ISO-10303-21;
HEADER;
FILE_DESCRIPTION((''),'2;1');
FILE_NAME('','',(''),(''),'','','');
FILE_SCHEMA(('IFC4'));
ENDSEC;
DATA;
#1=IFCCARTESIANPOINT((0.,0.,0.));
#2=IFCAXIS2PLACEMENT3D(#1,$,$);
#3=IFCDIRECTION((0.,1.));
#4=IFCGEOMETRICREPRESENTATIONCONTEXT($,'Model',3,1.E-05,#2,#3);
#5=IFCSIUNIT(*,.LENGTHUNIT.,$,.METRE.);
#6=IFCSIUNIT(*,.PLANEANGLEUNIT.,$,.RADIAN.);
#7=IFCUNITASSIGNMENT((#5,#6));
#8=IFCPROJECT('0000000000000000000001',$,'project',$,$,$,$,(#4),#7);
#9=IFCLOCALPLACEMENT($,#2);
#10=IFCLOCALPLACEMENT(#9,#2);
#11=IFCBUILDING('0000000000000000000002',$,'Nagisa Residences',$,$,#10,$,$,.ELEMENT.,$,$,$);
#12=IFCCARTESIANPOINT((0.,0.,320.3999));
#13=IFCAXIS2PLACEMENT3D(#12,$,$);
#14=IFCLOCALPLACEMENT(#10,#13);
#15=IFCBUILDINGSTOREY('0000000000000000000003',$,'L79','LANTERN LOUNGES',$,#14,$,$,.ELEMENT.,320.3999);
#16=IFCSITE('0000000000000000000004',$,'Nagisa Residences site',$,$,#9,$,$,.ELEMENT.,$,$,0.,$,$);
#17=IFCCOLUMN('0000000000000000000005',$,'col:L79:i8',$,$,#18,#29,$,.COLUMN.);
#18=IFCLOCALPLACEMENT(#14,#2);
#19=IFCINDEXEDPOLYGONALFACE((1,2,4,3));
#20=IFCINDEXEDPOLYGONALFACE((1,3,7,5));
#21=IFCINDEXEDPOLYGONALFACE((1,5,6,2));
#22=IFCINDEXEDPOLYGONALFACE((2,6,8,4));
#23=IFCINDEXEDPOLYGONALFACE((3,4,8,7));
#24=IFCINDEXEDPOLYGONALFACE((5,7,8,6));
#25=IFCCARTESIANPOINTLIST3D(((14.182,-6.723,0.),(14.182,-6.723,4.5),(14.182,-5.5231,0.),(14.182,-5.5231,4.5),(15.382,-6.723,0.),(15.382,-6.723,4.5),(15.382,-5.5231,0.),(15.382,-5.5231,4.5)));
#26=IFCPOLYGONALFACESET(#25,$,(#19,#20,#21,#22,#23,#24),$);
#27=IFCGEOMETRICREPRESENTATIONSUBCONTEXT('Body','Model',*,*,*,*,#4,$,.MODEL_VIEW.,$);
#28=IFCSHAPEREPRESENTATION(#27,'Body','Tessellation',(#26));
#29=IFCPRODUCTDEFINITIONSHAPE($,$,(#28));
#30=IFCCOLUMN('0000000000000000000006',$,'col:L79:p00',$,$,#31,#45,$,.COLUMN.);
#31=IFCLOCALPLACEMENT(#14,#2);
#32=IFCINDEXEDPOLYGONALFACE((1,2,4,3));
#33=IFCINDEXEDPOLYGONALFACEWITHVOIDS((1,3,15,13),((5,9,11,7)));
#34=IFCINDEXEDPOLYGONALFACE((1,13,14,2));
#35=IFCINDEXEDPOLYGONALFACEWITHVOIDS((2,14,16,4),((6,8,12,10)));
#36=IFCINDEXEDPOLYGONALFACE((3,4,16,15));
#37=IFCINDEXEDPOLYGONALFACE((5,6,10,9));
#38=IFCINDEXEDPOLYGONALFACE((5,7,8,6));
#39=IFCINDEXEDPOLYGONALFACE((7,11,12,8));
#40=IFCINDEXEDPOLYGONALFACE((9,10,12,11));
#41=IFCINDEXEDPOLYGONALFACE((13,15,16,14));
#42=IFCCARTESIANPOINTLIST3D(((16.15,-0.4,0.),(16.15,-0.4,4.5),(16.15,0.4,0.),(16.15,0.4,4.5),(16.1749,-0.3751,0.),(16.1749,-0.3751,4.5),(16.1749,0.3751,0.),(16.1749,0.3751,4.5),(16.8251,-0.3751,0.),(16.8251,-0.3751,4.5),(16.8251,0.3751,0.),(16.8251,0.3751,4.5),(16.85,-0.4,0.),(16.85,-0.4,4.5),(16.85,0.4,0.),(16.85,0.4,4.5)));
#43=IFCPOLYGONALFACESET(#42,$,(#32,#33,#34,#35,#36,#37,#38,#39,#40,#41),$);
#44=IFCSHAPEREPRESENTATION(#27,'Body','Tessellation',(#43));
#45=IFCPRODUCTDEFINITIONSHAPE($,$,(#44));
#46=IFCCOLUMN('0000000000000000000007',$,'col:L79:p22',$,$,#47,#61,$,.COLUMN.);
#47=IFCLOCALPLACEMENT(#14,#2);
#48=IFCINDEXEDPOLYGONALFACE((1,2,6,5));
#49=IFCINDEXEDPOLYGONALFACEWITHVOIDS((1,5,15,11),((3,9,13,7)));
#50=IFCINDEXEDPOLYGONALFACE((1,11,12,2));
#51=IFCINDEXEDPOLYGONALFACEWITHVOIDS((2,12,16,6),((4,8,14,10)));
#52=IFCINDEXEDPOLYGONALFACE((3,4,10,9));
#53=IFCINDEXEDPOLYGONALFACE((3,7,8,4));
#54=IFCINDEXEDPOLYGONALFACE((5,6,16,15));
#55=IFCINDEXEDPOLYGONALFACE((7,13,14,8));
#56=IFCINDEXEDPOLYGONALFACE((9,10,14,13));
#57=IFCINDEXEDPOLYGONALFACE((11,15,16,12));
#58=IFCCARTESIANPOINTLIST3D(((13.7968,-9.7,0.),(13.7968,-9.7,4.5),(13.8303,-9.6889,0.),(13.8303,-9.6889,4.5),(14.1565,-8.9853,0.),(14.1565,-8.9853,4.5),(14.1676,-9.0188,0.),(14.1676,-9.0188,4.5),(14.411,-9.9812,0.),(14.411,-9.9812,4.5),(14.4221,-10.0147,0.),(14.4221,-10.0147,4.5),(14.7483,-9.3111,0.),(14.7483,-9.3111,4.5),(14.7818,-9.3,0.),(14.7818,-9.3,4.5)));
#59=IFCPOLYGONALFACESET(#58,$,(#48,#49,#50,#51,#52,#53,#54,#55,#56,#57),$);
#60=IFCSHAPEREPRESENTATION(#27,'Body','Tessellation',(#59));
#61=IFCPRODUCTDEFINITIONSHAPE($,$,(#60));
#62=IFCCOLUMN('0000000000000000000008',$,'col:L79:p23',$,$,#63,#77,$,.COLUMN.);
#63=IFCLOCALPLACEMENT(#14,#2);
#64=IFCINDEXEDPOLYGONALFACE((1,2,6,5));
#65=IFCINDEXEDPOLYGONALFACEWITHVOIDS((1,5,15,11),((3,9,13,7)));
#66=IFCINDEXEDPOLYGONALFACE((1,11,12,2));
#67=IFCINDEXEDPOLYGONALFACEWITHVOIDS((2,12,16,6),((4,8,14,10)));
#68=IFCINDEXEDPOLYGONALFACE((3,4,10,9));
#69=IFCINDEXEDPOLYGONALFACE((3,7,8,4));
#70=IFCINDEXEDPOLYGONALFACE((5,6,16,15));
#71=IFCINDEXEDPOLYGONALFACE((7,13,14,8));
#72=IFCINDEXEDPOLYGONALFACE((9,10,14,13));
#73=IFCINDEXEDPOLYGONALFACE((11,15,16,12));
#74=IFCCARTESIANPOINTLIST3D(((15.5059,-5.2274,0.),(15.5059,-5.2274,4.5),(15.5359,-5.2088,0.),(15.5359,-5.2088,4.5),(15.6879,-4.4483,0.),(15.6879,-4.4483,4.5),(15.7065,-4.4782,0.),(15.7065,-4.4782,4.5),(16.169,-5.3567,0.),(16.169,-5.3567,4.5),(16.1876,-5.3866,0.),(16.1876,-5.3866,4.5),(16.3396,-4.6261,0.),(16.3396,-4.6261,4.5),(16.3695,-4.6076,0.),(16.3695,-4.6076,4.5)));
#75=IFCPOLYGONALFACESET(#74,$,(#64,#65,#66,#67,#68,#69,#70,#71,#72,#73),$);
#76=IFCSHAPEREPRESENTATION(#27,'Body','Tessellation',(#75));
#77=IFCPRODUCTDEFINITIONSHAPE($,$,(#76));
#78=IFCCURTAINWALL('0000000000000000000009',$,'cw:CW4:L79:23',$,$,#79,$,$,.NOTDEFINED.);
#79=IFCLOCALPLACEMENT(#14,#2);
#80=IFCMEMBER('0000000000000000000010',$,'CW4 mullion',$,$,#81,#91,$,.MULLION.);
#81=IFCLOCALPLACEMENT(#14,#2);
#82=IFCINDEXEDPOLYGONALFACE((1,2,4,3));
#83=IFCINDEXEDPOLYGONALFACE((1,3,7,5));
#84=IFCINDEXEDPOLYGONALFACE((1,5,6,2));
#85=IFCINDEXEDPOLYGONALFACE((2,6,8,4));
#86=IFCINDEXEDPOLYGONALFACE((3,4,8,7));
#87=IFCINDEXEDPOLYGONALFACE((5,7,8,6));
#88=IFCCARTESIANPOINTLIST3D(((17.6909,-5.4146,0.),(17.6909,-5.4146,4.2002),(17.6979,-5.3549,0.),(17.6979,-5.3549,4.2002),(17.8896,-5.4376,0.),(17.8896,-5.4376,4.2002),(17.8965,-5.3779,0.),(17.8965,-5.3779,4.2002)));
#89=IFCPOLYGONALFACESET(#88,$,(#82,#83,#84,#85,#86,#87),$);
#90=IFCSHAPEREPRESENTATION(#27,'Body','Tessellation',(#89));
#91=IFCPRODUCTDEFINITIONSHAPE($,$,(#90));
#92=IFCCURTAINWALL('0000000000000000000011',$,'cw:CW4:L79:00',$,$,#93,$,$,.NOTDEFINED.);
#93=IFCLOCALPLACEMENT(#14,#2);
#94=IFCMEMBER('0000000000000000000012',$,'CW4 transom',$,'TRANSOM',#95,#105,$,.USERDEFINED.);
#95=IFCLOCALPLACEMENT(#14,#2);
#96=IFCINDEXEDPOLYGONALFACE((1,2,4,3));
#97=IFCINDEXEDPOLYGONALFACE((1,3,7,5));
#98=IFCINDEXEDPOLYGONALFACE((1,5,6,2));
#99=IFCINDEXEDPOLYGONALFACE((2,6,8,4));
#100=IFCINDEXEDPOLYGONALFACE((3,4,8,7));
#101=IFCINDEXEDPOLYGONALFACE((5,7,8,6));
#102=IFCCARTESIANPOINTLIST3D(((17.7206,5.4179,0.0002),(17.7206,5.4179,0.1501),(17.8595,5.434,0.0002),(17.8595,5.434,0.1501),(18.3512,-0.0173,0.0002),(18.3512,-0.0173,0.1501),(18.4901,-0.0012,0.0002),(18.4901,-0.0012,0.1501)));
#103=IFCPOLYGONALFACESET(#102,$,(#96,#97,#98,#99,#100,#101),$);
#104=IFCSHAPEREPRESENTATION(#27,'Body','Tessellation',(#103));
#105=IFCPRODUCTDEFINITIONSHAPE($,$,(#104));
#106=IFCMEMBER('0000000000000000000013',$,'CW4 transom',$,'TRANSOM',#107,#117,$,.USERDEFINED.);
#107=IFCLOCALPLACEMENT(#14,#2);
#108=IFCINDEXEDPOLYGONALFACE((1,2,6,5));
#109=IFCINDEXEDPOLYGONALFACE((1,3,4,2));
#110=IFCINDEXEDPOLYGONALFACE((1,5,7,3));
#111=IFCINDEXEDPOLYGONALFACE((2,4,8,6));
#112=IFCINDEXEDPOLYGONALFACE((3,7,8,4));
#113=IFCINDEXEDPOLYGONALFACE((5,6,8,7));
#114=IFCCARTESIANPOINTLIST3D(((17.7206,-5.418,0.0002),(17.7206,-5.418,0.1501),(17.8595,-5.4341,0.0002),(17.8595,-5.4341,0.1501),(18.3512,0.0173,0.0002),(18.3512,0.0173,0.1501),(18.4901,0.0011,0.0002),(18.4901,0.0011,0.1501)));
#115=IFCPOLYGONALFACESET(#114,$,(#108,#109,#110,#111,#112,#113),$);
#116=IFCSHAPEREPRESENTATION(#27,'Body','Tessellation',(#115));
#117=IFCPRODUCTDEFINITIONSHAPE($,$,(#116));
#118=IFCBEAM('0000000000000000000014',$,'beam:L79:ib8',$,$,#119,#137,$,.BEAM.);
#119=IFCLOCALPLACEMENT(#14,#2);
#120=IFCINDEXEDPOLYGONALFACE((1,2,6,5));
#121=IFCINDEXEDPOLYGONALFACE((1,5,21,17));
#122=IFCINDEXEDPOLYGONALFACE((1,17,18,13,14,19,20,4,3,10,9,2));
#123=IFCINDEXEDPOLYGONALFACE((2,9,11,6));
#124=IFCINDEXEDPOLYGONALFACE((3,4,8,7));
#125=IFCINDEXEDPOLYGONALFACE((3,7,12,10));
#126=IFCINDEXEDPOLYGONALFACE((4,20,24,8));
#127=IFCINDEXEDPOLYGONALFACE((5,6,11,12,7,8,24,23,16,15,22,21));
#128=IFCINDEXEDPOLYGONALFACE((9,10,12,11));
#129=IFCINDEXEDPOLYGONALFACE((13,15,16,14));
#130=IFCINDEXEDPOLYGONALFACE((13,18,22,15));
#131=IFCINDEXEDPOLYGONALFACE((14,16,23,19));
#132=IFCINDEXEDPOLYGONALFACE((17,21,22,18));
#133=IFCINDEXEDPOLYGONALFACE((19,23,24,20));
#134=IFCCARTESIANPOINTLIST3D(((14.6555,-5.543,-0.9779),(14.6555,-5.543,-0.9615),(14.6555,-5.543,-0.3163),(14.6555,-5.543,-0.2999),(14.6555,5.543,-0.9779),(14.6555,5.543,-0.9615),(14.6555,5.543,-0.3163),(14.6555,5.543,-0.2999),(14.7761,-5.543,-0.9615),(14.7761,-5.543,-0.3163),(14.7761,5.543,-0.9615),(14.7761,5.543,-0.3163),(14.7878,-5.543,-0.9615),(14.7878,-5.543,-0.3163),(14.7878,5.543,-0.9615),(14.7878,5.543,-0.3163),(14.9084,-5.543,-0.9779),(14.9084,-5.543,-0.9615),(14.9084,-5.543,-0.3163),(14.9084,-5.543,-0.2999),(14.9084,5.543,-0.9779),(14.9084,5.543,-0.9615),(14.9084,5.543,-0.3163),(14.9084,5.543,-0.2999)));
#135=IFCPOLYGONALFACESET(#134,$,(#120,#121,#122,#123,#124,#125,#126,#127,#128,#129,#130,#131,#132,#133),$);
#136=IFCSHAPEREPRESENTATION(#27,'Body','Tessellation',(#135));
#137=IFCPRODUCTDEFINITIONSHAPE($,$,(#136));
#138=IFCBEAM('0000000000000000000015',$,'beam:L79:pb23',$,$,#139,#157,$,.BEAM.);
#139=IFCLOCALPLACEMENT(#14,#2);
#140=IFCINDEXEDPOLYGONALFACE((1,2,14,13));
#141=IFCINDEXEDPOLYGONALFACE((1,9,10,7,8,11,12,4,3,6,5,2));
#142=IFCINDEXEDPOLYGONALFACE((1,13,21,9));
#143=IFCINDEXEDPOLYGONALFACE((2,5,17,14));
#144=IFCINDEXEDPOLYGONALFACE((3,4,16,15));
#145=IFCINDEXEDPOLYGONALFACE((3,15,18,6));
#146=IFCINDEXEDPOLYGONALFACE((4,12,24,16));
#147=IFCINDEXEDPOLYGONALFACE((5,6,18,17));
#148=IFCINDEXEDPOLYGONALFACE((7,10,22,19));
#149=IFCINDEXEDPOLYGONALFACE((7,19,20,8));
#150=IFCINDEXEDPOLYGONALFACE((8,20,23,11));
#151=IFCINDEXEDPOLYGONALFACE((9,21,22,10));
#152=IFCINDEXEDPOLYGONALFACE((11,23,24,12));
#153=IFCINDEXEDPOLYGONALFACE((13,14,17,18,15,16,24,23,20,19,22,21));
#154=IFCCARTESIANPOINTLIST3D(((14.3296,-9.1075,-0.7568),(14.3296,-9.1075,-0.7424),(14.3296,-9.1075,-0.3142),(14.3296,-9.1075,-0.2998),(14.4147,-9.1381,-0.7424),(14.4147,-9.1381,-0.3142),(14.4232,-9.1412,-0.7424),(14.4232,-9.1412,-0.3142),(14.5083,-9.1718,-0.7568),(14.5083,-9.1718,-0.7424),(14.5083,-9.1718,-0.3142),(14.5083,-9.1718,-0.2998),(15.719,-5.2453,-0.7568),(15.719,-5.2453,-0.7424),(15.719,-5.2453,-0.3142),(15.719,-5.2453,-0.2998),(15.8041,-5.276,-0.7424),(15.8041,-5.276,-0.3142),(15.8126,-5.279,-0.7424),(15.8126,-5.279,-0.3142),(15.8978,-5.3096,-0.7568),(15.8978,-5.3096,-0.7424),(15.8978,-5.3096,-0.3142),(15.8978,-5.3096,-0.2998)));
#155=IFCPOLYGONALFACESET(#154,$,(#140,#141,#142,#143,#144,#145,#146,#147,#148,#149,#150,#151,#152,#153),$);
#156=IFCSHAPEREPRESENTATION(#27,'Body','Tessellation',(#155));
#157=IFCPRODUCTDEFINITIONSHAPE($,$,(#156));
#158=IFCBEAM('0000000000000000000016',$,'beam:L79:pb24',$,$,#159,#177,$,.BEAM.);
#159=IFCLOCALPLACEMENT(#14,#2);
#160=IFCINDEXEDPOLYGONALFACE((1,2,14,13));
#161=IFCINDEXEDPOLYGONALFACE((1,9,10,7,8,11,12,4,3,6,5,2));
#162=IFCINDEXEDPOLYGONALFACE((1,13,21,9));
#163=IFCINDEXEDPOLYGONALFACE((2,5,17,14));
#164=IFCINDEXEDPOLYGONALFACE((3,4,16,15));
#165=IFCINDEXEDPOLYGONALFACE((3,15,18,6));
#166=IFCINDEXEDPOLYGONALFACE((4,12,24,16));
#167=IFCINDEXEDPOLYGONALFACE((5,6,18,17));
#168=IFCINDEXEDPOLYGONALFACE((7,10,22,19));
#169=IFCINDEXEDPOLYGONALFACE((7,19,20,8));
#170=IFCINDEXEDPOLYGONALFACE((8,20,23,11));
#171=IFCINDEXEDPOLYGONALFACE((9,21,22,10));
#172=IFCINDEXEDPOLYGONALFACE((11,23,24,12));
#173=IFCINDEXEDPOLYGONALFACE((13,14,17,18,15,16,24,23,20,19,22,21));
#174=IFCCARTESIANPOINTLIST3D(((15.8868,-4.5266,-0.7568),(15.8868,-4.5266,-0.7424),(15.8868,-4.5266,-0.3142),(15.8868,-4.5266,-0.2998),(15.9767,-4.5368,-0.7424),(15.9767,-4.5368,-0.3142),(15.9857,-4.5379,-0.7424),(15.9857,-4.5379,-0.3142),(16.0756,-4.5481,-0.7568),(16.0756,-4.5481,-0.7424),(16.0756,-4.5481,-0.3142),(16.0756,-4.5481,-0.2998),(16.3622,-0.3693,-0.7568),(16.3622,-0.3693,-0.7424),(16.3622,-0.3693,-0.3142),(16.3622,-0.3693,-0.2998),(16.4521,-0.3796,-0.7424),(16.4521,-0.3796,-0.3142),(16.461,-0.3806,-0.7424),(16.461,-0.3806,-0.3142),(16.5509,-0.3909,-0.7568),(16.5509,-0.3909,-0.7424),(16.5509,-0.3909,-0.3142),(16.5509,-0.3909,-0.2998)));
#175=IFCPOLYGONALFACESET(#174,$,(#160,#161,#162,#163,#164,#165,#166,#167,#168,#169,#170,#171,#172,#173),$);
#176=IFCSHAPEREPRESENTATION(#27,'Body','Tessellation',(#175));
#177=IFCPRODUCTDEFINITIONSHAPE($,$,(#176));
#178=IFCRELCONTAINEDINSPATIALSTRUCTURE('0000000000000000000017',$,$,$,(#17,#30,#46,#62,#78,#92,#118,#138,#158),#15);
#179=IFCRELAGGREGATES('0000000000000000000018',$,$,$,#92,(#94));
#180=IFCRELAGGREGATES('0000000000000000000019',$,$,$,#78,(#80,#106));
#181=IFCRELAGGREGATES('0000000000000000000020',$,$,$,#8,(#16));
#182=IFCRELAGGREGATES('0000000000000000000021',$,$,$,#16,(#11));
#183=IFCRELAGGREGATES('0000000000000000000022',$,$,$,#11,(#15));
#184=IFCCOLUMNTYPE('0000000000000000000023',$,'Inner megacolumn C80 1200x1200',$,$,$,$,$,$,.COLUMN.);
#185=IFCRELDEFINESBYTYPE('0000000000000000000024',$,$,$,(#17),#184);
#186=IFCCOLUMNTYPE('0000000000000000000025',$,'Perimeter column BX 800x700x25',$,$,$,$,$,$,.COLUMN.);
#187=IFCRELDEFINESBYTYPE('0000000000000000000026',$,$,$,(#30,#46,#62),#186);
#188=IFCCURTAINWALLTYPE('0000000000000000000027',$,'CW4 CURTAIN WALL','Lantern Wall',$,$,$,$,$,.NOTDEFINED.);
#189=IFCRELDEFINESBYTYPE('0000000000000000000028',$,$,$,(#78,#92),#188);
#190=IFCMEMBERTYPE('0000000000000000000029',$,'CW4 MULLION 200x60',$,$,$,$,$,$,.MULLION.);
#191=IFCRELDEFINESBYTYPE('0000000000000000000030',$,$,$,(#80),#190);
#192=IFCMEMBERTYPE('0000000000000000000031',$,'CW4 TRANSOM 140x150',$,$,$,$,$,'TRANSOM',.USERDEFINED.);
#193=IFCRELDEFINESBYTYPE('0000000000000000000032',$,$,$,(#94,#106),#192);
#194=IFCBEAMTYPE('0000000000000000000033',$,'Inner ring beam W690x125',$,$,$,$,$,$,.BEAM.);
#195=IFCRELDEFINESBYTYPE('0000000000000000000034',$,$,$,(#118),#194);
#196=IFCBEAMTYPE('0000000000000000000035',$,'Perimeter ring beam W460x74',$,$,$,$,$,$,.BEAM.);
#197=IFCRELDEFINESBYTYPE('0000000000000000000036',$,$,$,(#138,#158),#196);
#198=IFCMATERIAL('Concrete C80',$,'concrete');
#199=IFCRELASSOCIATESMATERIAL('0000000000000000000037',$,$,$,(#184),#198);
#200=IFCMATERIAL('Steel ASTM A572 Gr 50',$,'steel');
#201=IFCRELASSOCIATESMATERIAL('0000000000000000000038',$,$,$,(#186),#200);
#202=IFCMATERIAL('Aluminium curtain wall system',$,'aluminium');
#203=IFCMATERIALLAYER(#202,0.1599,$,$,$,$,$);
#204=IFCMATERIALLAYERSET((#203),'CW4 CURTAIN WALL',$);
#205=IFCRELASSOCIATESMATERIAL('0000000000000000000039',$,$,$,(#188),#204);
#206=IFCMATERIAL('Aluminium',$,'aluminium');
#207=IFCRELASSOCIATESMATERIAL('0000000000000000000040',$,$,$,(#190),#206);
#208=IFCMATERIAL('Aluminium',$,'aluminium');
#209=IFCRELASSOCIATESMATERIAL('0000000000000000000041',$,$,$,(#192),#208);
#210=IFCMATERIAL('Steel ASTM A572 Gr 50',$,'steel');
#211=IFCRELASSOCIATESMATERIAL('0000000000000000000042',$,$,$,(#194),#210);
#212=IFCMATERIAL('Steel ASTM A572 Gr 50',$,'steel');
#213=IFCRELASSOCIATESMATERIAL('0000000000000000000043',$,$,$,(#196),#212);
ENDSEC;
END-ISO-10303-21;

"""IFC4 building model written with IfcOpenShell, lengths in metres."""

from ifc_helpers import new_model, si_unit, direction, frame, origin, origin_2d, place, context, subcontext, project, spatial, rectangle, hollow_rectangle, i_section, extrude, material, layer, layer_set, material_profile, profile_set, type_object, element, aggregate, save


model = new_model("IFC4")

# Units and contexts
model_context = context("Model", 3, precision=1e-05, world=origin(), true_north=direction((0.0, 1.0)))
body_context = subcontext(model_context, "Body", "Model", "MODEL_VIEW")
ifc_project = project(units=[si_unit("LENGTHUNIT", "METRE"), si_unit("PLANEANGLEUNIT", "RADIAN")], contexts=[model_context])

# Site, building, storey
site_placement = place(None, origin())
site = spatial("IfcSite", under=ifc_project, at=site_placement, Name="Nagisa Residences site", CompositionType="ELEMENT", RefElevation=0.0)
building_placement = place(site_placement, origin())
building = spatial("IfcBuilding", under=site, at=building_placement, Name="Nagisa Residences", CompositionType="ELEMENT")
storey_placement = place(building_placement, frame((0.0, 0.0, 320.3999)))
storey = spatial("IfcBuildingStorey", under=building, at=storey_placement, Name="L79", Description="LANTERN LOUNGES", CompositionType="ELEMENT", Elevation=320.3999)

# Columns
ifc_material_1 = material(Name="Concrete C80", Category="concrete")
ifc_material_profile_1 = material_profile(ifc_material_1, rectangle(XDim=1.2, YDim=1.2, at=origin_2d()), Name="C80 1200x1200")
ifc_profile_set_1 = profile_set([ifc_material_profile_1], Name="Concrete C80")
column_type_1 = type_object("IfcColumnType", Name="Inner megacolumn C80 1200x1200", PredefinedType="COLUMN", material=ifc_profile_set_1)
column_placement = place(storey_placement, frame((14.782, -6.123, 0.0), z_axis=(0.0, 0.0, 1.0), x_axis=(1.0, 0.0, 0.0)))
element("IfcColumn", 1, at=column_placement, inside=storey, type_object=column_type_1, Name="col:L79:i8", PredefinedType="COLUMN", context=body_context, shape_type="SweptSolid", body=[
    extrude(rectangle(XDim=1.2, YDim=1.2, at=origin_2d()), origin(), (0.0, 0.0, 1.0), 4.5),
])
ifc_material_2 = material(Name="Steel ASTM A572 Gr 50", Category="steel")
ifc_material_profile_2 = material_profile(ifc_material_2, hollow_rectangle(XDim=0.8, YDim=0.7, WallThickness=0.0249, at=origin_2d()), Name="BX 800x700x25")
ifc_profile_set_2 = profile_set([ifc_material_profile_2], Name="Steel ASTM A572 Gr 50")
column_type_2 = type_object("IfcColumnType", Name="Perimeter column BX 800x700x25", PredefinedType="COLUMN", material=ifc_profile_set_2)
for number, where, z_axis, x_axis, name in (
    (2, (16.5, 0.0, 0.0), (0.0, 0.0, 1.0), (0.0, 1.0, 0.0), "col:L79:p00"),
    (3, (14.2893, -9.5, 0.0), (0.0, 0.0, 1.0), (0.449592, 0.893234, 0.0), "col:L79:p22"),
    (4, (15.9377, -4.9175, 0.0), (0.0, 0.0, 1.0), (0.227473, 0.973784, 0.0), "col:L79:p23"),
):
    element("IfcColumn", number, at=place(storey_placement, frame(where, z_axis=z_axis, x_axis=x_axis)), inside=storey, type_object=column_type_2, Name=name, PredefinedType="COLUMN", context=body_context, shape_type="SweptSolid", body=[
        extrude(hollow_rectangle(XDim=0.8, YDim=0.7, WallThickness=0.0249, at=origin_2d()), origin(), (0.0, 0.0, 1.0), 4.5),
    ])

# Curtain walls, members
ifc_material_3 = material(Name="Aluminium curtain wall system", Category="aluminium")
ifc_layer_1 = layer(ifc_material_3, 0.1599)
ifc_layer_set_1 = layer_set([ifc_layer_1], Name="CW4 CURTAIN WALL")
curtain_wall_type = type_object("IfcCurtainWallType", Name="CW4 CURTAIN WALL", Description="Lantern Wall", PredefinedType="NOTDEFINED", material=ifc_layer_set_1)
curtain_wall_1_placement = place(storey_placement, origin())
curtain_wall_1 = element("IfcCurtainWall", 5, at=curtain_wall_1_placement, inside=storey, type_object=curtain_wall_type, Name="cw:CW4:L79:23", PredefinedType="NOTDEFINED")
ifc_material_4 = material(Name="Aluminium", Category="aluminium")
ifc_material_profile_3 = material_profile(ifc_material_4, rectangle(XDim=0.2, YDim=0.0601, at=origin_2d()), Name="CW4 MULLION 200x60")
ifc_profile_set_3 = profile_set([ifc_material_profile_3], Name="Aluminium")
member_type_1 = type_object("IfcMemberType", Name="CW4 MULLION 200x60", PredefinedType="MULLION", material=ifc_profile_set_3)
member_1_placement = place(storey_placement, frame((17.7937, -5.3962, 0.0), z_axis=(0.0, 0.0, 1.0), x_axis=(-0.993341, 0.115207, 0.0)))
member_1 = element("IfcMember", 6, at=member_1_placement, type_object=member_type_1, Name="CW4 mullion", PredefinedType="MULLION", context=body_context, shape_type="SweptSolid", body=[
    extrude(rectangle(XDim=0.2, YDim=0.0601, at=origin_2d()), origin(), (0.0, 0.0, 1.0), 4.2002),
])
curtain_wall_2_placement = place(storey_placement, origin())
curtain_wall_2 = element("IfcCurtainWall", 7, at=curtain_wall_2_placement, inside=storey, type_object=curtain_wall_type, Name="cw:CW4:L79:00", PredefinedType="NOTDEFINED")
ifc_material_5 = material(Name="Aluminium", Category="aluminium")
ifc_material_profile_4 = material_profile(ifc_material_5, rectangle(XDim=0.1399, YDim=0.1499, at=origin_2d()), Name="CW4 TRANSOM 140x150")
ifc_profile_set_4 = profile_set([ifc_material_profile_4], Name="Aluminium")
member_type_2 = type_object("IfcMemberType", Name="CW4 TRANSOM 140x150", ElementType="TRANSOM", PredefinedType="USERDEFINED", material=ifc_profile_set_4)
member_2_placement = place(storey_placement, frame((18.4207, -0.0093, 0.0752), z_axis=(-0.115249, 0.993337, 0.0), x_axis=(-0.993337, -0.115249, 0.0)))
member_2 = element("IfcMember", 8, at=member_2_placement, type_object=member_type_2, Name="CW4 transom", ObjectType="TRANSOM", PredefinedType="USERDEFINED", context=body_context, shape_type="SweptSolid", body=[
    extrude(rectangle(XDim=0.1399, YDim=0.1499, at=origin_2d()), origin(), (0.0, 0.0, 1.0), 5.4717),
])
aggregate(curtain_wall_2, [member_2])

# Member
member_3_placement = place(storey_placement, frame((17.79, -5.426, 0.0752), z_axis=(0.115249, 0.993337, 0.0), x_axis=(-0.993337, 0.115249, 0.0)))
member_3 = element("IfcMember", 9, at=member_3_placement, type_object=member_type_2, Name="CW4 transom", ObjectType="TRANSOM", PredefinedType="USERDEFINED", context=body_context, shape_type="SweptSolid", body=[
    extrude(rectangle(XDim=0.1399, YDim=0.1499, at=origin_2d()), origin(), (0.0, 0.0, 1.0), 5.4717),
])

# Beams
ifc_material_6 = material(Name="Steel ASTM A572 Gr 50", Category="steel")
ifc_material_profile_5 = material_profile(ifc_material_6, i_section(OverallWidth=0.2529, OverallDepth=0.678, WebThickness=0.0117, FlangeThickness=0.0164, at=origin_2d()), Name="W690x125")
ifc_profile_set_5 = profile_set([ifc_material_profile_5], Name="Steel ASTM A572 Gr 50")
beam_type_1 = type_object("IfcBeamType", Name="Inner ring beam W690x125", PredefinedType="BEAM", material=ifc_profile_set_5)
beam_1_placement = place(storey_placement, frame((14.782, -5.543, -0.6389), z_axis=(0.0, 1.0, 0.0), x_axis=(-1.0, 0.0, 0.0)))
element("IfcBeam", 10, at=beam_1_placement, inside=storey, type_object=beam_type_1, Name="beam:L79:ib8", PredefinedType="BEAM", context=body_context, shape_type="SweptSolid", body=[
    extrude(i_section(OverallWidth=0.2529, OverallDepth=0.678, WebThickness=0.0117, FlangeThickness=0.0164, at=origin_2d()), origin(), (0.0, 0.0, 1.0), 11.0859),
])
ifc_material_7 = material(Name="Steel ASTM A572 Gr 50", Category="steel")
ifc_material_profile_6 = material_profile(ifc_material_7, i_section(OverallWidth=0.1899, OverallDepth=0.457, WebThickness=0.009, FlangeThickness=0.0144, at=origin_2d()), Name="W460x74")
ifc_profile_set_6 = profile_set([ifc_material_profile_6], Name="Steel ASTM A572 Gr 50")
beam_type_2 = type_object("IfcBeamType", Name="Perimeter ring beam W460x74", PredefinedType="BEAM", material=ifc_profile_set_6)
beam_2_placement = place(storey_placement, frame((14.4189, -9.1396, -0.5283), z_axis=(0.338517, 0.94096, 0.0), x_axis=(-0.94096, 0.338517, 0.0)))
element("IfcBeam", 11, at=beam_2_placement, inside=storey, type_object=beam_type_2, Name="beam:L79:pb23", PredefinedType="BEAM", context=body_context, shape_type="SweptSolid", body=[
    extrude(i_section(OverallWidth=0.1899, OverallDepth=0.457, WebThickness=0.009, FlangeThickness=0.0144, at=origin_2d()), origin(), (0.0, 0.0, 1.0), 4.1045),
])
beam_3_placement = place(storey_placement, frame((15.9812, -4.5374, -0.5283), z_axis=(0.113601, 0.993526, 0.0), x_axis=(-0.993526, 0.113601, 0.0)))
element("IfcBeam", 12, at=beam_3_placement, inside=storey, type_object=beam_type_2, Name="beam:L79:pb24", PredefinedType="BEAM", context=body_context, shape_type="SweptSolid", body=[
    extrude(i_section(OverallWidth=0.1899, OverallDepth=0.457, WebThickness=0.009, FlangeThickness=0.0144, at=origin_2d()), origin(), (0.0, 0.0, 1.0), 4.1843),
])

aggregate(curtain_wall_1, [member_1, member_3])

save(model, "model.ifc")
